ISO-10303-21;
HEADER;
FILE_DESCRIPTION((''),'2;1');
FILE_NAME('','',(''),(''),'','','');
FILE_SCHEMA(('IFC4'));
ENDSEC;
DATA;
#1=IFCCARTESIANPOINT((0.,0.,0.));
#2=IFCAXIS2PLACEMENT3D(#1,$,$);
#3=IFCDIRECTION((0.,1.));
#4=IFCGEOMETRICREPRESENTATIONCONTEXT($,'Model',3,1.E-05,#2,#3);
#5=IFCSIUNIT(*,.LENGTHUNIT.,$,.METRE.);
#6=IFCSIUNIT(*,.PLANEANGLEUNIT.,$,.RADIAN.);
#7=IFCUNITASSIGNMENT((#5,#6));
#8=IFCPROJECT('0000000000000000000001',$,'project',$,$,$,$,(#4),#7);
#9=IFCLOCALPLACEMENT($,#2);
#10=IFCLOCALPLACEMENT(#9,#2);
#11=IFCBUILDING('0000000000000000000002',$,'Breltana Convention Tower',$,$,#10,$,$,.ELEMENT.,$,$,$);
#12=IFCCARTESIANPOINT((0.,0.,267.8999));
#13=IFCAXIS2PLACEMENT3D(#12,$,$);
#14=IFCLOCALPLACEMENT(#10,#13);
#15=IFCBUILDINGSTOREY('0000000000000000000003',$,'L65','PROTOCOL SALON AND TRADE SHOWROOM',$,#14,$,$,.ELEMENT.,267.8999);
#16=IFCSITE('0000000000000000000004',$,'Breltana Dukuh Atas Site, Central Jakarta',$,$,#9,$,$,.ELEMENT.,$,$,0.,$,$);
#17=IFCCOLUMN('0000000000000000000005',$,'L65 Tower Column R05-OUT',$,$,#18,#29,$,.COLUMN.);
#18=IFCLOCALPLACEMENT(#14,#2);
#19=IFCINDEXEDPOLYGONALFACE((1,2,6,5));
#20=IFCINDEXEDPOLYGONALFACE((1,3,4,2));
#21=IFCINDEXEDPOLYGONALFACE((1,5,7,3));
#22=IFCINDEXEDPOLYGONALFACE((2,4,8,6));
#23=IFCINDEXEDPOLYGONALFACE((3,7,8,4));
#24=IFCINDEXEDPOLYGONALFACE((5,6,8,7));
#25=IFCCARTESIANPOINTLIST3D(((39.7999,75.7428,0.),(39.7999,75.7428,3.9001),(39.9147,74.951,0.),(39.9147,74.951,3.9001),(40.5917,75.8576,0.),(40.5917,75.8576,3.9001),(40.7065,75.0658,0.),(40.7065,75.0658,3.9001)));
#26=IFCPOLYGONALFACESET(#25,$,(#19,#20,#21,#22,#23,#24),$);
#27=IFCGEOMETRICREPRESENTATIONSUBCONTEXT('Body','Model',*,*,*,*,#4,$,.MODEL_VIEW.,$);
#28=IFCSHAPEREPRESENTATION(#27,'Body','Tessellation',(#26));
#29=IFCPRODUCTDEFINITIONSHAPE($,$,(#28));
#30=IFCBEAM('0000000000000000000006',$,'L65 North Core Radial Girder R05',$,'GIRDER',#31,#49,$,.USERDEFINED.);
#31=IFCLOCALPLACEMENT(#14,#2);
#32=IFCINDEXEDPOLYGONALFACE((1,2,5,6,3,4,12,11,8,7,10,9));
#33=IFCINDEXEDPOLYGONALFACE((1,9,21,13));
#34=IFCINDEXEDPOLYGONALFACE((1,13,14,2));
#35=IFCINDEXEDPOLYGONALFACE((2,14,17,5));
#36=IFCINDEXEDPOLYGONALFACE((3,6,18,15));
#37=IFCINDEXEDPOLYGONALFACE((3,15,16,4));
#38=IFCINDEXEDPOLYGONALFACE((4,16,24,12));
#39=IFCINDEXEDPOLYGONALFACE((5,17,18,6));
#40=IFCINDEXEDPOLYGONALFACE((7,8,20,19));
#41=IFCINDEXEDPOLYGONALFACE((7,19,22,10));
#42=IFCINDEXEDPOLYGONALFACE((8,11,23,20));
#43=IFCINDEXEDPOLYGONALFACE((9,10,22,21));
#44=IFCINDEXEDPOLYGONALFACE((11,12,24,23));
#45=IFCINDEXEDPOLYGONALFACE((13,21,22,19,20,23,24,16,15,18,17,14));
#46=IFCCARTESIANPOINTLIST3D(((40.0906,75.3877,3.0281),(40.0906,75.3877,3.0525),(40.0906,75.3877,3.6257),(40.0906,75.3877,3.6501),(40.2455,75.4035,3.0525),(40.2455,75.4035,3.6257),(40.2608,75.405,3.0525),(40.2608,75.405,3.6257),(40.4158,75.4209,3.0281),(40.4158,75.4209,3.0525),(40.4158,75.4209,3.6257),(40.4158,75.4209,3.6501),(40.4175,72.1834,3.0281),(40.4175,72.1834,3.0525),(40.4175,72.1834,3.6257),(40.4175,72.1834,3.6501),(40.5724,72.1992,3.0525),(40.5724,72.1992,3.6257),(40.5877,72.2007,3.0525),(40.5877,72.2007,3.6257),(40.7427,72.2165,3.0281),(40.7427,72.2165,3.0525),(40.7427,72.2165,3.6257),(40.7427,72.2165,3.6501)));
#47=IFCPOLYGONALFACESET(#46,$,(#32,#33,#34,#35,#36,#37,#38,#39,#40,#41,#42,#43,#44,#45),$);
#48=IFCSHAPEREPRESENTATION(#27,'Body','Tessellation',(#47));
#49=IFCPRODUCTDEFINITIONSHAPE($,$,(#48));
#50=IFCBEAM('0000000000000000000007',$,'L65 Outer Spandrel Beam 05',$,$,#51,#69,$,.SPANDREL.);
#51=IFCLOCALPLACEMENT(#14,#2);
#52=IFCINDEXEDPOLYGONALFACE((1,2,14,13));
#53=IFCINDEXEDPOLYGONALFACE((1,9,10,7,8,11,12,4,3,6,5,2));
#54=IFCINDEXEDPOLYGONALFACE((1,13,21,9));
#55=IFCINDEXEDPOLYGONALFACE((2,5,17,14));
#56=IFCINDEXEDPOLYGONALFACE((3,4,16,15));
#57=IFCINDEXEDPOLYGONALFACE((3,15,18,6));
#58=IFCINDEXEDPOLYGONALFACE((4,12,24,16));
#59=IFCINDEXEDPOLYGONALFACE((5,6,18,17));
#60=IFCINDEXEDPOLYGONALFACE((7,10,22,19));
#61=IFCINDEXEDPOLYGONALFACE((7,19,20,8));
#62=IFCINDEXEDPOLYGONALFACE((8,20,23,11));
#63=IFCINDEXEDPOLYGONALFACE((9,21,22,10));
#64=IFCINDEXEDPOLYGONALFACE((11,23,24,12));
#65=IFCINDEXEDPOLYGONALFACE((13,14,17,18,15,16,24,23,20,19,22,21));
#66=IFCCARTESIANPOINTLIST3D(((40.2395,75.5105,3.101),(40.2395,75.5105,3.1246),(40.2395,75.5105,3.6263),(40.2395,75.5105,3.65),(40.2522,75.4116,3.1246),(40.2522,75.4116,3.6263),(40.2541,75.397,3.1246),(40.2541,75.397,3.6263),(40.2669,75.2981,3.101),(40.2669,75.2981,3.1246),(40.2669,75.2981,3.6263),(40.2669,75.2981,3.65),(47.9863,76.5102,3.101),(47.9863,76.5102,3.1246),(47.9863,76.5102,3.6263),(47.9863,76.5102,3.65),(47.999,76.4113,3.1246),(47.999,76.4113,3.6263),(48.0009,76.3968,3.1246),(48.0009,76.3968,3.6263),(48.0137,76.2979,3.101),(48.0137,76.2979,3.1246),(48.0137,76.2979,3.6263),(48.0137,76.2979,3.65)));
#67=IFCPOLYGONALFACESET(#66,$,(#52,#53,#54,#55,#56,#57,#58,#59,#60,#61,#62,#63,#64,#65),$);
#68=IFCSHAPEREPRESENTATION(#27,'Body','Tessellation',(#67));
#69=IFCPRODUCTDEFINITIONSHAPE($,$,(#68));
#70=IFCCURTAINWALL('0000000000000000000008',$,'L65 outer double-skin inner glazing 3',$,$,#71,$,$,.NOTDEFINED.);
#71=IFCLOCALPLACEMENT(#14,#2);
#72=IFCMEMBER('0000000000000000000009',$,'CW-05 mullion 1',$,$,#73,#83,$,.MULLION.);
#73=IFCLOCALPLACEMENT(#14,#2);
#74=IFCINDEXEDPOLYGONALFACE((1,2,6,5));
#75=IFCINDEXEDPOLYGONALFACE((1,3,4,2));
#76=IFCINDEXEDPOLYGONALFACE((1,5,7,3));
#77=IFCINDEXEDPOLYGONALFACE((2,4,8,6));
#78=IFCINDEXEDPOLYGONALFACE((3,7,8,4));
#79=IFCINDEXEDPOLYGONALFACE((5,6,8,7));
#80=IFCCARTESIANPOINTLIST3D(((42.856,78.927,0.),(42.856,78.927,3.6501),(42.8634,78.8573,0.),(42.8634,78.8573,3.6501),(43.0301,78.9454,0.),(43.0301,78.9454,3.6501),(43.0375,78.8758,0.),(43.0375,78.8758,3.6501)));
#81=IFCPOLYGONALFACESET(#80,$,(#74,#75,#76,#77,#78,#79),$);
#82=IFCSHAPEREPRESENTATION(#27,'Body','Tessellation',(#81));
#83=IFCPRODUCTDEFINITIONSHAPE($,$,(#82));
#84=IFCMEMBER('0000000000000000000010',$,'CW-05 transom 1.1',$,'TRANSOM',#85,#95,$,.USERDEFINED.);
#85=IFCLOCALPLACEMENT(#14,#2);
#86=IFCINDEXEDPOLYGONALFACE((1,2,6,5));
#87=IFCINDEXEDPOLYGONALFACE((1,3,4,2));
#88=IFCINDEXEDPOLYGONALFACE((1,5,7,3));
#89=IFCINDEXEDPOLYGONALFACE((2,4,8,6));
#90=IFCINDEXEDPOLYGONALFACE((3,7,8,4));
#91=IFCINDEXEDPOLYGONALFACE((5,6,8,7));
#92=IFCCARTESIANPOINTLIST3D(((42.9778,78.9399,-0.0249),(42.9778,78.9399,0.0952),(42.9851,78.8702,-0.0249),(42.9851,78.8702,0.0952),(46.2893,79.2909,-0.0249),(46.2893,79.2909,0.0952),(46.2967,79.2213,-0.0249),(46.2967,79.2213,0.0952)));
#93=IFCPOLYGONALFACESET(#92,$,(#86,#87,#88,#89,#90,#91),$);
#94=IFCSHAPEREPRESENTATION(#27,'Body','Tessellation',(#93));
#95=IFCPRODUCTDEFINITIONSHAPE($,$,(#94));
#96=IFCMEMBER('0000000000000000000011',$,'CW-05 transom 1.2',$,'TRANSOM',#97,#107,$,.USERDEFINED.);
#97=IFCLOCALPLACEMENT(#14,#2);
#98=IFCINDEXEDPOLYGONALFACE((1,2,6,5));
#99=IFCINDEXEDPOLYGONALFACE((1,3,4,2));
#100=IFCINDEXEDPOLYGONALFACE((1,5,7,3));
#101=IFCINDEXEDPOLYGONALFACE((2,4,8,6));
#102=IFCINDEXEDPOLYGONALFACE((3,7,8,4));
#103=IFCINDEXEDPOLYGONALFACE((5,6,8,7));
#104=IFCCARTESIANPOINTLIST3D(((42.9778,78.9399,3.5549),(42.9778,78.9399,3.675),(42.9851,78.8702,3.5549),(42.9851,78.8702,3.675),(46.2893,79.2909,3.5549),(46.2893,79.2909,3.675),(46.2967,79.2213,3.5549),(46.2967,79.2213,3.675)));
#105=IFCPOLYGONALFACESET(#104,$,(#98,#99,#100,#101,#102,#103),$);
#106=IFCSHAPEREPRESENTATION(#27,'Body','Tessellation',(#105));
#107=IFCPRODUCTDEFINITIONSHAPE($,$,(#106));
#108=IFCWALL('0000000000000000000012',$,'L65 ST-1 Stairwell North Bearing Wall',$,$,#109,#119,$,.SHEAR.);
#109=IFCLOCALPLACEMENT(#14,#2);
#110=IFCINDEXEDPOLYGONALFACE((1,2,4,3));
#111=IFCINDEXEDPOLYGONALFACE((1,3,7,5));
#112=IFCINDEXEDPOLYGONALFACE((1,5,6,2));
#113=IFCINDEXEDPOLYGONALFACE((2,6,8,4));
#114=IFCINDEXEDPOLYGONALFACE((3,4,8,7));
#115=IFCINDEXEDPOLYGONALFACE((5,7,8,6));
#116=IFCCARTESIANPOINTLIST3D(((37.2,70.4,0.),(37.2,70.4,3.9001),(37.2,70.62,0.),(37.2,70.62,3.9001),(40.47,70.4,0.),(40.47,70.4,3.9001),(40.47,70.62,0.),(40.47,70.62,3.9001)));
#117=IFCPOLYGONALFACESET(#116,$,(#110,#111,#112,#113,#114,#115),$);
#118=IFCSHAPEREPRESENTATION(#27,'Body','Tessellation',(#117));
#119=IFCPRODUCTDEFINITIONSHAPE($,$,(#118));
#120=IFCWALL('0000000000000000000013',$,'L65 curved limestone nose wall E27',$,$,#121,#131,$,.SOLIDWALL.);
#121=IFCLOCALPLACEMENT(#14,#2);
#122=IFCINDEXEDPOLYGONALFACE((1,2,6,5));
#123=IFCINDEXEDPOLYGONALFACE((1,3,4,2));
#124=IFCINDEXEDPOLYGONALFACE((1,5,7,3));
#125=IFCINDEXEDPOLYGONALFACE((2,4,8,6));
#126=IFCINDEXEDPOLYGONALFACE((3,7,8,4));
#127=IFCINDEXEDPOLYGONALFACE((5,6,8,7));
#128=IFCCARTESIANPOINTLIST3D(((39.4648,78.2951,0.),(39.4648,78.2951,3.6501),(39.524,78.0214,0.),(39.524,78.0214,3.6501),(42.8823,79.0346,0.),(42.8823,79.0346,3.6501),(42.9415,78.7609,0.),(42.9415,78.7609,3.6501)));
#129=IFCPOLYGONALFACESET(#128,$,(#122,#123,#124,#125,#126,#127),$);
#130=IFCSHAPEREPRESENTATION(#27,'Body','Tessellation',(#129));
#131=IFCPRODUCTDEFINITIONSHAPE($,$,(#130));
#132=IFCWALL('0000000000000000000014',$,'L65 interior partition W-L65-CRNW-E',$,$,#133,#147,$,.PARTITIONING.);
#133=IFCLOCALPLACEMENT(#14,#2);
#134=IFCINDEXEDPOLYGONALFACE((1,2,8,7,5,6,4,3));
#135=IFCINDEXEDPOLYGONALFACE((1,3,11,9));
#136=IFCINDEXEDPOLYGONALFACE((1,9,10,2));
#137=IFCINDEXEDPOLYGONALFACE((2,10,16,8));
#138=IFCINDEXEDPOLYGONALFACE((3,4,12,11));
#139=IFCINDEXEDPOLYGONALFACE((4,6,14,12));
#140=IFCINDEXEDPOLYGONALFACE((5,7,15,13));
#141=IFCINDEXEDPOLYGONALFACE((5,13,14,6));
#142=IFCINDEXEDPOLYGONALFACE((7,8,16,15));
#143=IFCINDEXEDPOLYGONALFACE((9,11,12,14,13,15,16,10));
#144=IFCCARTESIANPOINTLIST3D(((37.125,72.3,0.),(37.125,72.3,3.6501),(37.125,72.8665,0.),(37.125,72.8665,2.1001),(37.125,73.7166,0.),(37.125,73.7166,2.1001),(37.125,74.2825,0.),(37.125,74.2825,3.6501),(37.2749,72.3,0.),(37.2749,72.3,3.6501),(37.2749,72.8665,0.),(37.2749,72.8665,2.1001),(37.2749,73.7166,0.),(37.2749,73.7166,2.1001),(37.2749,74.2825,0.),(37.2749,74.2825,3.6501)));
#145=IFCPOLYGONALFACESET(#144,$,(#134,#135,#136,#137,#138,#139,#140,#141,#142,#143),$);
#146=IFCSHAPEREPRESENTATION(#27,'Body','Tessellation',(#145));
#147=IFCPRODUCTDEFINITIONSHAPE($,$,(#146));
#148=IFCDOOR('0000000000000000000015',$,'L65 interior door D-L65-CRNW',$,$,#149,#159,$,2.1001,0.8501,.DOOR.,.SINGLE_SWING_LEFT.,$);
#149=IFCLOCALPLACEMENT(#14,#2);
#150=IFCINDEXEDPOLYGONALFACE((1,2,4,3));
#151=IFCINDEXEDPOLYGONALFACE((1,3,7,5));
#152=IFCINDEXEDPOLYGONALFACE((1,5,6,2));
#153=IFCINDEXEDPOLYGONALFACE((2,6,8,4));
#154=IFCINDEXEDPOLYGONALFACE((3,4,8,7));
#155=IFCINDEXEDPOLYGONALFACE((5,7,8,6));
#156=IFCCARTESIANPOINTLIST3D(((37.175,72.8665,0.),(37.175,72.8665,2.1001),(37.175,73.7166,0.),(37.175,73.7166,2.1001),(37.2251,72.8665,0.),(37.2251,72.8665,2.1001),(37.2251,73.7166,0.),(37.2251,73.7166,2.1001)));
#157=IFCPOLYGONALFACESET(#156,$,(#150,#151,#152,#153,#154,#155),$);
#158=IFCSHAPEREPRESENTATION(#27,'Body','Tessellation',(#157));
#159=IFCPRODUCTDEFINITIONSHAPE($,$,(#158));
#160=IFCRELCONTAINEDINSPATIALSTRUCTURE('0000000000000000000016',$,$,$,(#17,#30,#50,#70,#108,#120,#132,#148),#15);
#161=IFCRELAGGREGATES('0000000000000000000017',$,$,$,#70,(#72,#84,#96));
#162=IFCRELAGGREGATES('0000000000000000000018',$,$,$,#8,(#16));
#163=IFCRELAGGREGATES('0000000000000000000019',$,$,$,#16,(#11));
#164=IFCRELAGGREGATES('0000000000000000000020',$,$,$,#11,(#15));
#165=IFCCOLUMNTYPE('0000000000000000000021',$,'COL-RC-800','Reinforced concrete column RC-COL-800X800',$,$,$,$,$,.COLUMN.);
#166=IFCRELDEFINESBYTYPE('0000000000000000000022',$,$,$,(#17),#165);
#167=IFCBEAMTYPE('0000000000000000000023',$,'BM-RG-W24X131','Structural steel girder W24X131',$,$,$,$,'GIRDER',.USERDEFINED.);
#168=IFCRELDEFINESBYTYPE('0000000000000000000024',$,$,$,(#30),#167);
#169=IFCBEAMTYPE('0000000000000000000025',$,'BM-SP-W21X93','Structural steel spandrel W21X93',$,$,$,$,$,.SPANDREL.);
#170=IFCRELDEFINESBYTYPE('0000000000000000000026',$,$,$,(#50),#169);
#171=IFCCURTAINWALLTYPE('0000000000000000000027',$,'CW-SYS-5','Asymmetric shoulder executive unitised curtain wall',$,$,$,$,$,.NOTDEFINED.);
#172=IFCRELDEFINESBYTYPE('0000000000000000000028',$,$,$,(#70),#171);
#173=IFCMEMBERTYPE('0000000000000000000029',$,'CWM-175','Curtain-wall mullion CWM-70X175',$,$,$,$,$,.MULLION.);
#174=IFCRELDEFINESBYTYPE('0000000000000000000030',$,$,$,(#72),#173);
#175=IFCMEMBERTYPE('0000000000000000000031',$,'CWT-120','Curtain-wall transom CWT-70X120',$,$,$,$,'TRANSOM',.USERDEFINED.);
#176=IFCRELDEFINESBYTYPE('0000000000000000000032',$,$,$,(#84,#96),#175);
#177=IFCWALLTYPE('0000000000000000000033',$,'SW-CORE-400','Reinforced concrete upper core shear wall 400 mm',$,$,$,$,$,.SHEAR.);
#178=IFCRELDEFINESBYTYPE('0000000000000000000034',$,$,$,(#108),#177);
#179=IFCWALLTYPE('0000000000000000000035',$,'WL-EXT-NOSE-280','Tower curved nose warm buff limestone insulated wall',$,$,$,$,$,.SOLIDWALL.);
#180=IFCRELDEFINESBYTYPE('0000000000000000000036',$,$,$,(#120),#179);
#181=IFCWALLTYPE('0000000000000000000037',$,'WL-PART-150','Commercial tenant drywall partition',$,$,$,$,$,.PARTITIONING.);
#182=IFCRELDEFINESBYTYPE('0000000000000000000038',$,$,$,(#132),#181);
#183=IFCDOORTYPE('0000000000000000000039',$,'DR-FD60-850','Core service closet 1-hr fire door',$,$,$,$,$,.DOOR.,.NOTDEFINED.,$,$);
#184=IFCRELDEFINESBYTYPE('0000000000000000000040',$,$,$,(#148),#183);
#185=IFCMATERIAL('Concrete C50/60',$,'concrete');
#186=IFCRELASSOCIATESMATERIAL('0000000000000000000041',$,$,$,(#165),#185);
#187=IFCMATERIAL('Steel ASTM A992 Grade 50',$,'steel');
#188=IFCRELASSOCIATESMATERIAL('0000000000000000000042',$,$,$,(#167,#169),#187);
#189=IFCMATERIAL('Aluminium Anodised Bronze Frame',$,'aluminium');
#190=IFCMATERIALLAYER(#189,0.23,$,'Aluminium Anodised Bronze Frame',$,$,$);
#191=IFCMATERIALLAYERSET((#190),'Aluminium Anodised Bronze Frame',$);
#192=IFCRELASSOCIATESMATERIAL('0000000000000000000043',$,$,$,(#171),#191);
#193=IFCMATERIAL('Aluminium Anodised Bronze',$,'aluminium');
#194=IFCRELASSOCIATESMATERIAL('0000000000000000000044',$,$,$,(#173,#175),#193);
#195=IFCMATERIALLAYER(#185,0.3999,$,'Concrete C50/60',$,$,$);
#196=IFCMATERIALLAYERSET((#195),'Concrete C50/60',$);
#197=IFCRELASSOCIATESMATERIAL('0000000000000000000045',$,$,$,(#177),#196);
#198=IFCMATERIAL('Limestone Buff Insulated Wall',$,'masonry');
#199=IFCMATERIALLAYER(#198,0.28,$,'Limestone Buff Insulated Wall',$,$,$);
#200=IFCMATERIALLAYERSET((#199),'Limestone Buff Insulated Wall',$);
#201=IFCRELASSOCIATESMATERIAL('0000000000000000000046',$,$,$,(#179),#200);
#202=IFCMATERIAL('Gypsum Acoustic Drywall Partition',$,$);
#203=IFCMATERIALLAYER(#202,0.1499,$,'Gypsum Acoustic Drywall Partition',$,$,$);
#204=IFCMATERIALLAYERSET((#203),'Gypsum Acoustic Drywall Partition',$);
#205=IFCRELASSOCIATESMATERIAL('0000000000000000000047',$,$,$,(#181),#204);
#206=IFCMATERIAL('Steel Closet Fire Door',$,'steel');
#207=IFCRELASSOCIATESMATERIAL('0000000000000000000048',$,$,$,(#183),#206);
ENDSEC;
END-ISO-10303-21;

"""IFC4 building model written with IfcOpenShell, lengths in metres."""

from ifc_helpers import new_model, si_unit, direction, frame, frame_2d, origin, origin_2d, place, context, subcontext, project, spatial, rectangle, i_section, extrude, source, transform, mapped, material, layer, layer_set, material_profile, profile_set, type_object, type_shapes, element, fill, aggregate, save


model = new_model("IFC4")

# Units and contexts
model_context = context("Model", 3, precision=1e-05, world=origin(), true_north=direction((0.0, 1.0)))
body_context = subcontext(model_context, "Body", "Model", "MODEL_VIEW")
ifc_project = project(units=[si_unit("LENGTHUNIT", "METRE"), si_unit("PLANEANGLEUNIT", "RADIAN")], contexts=[model_context])

# Site, building, storey
site_placement = place(None, origin())
site = spatial("IfcSite", under=ifc_project, at=site_placement, Name="Breltana Dukuh Atas Site, Central Jakarta", CompositionType="ELEMENT", RefElevation=0.0)
building_placement = place(site_placement, origin())
building = spatial("IfcBuilding", under=site, at=building_placement, Name="Breltana Convention Tower", CompositionType="ELEMENT")
storey_placement = place(building_placement, frame((0.0, 0.0, 267.8999)))
storey = spatial("IfcBuildingStorey", under=building, at=storey_placement, Name="L65", Description="PROTOCOL SALON AND TRADE SHOWROOM", CompositionType="ELEMENT", Elevation=267.8999)

# Column
ifc_material_1 = material(Name="Concrete C50/60", Category="concrete")
ifc_material_profile_1 = material_profile(ifc_material_1, rectangle(XDim=0.8, YDim=0.8, at=origin_2d()), Name="RC-COL-800X800")
ifc_profile_set_1 = profile_set([ifc_material_profile_1], Name="Concrete C50/60")
column_type = type_object("IfcColumnType", Name="COL-RC-800", Description="Reinforced concrete column RC-COL-800X800", PredefinedType="COLUMN", material=ifc_profile_set_1)
shared_shape_1 = source(origin(), body_context, "Body", "SweptSolid", [
    extrude(rectangle(XDim=0.8, YDim=0.8, at=origin_2d()), origin(), (0.0, 0.0, 1.0), 3.9001),
])
column_placement = place(storey_placement, frame((40.2532, 75.4043, 0.0), z_axis=(0.0, 0.0, 1.0), x_axis=(-0.143493, 0.989651, 0.0)))
element("IfcColumn", 1, at=column_placement, inside=storey, type_object=column_type, Name="L65 Tower Column R05-OUT", PredefinedType="COLUMN", context=body_context, shape_type="MappedRepresentation", body=[
    mapped(shared_shape_1, transform((0.0, 0.0, 0.0), scale=1.0)),
])

# Beams
ifc_material_2 = material(Name="Steel ASTM A992 Grade 50", Category="steel")
ifc_material_profile_2 = material_profile(ifc_material_2, i_section(OverallWidth=0.3269, OverallDepth=0.6221, WebThickness=0.0154, FlangeThickness=0.0244, at=origin_2d()), Name="W24X131")
ifc_profile_set_2 = profile_set([ifc_material_profile_2], Name="Steel ASTM A992 Grade 50")
beam_type_1 = type_object("IfcBeamType", Name="BM-RG-W24X131", Description="Structural steel girder W24X131", ElementType="GIRDER", PredefinedType="USERDEFINED", material=ifc_profile_set_2)
shared_shape_2 = source(origin(), body_context, "Body", "SweptSolid", [
    extrude(i_section(OverallWidth=0.3269, OverallDepth=0.6221, WebThickness=0.0154, FlangeThickness=0.0244, at=origin_2d()), origin(), (0.0, 0.0, 1.0), 3.2209),
])
beam_1_placement = place(storey_placement, frame((40.5801, 72.2, 3.3391), z_axis=(-0.101492, 0.994836, 0.0), x_axis=(-0.994836, -0.101492, 0.0)))
element("IfcBeam", 2, at=beam_1_placement, inside=storey, type_object=beam_type_1, Name="L65 North Core Radial Girder R05", ObjectType="GIRDER", PredefinedType="USERDEFINED", context=body_context, shape_type="MappedRepresentation", body=[
    mapped(shared_shape_2, transform((0.0, 0.0, 0.0), scale=1.0)),
])
ifc_material_profile_3 = material_profile(ifc_material_2, i_section(OverallWidth=0.2141, OverallDepth=0.5491, WebThickness=0.0146, FlangeThickness=0.0237, at=origin_2d()), Name="W21X93")
ifc_profile_set_3 = profile_set([ifc_material_profile_3], Name="Steel ASTM A992 Grade 50")
beam_type_2 = type_object("IfcBeamType", Name="BM-SP-W21X93", Description="Structural steel spandrel W21X93", PredefinedType="SPANDREL", material=ifc_profile_set_3)
shared_shape_3 = source(origin(), body_context, "Body", "SweptSolid", [
    extrude(i_section(OverallWidth=0.2141, OverallDepth=0.5491, WebThickness=0.0146, FlangeThickness=0.0237, at=origin_2d()), origin(), (0.0, 0.0, 1.0), 7.811),
])
beam_2_placement = place(storey_placement, frame((40.2532, 75.4043, 3.3755), z_axis=(0.991775, 0.127992, 0.0), x_axis=(-0.127992, 0.991775, 0.0)))
element("IfcBeam", 3, at=beam_2_placement, inside=storey, type_object=beam_type_2, Name="L65 Outer Spandrel Beam 05", PredefinedType="SPANDREL", context=body_context, shape_type="MappedRepresentation", body=[
    mapped(shared_shape_3, transform((0.0, 0.0, 0.0), scale=1.0)),
])

# Curtain wall, members
ifc_material_3 = material(Name="Aluminium Anodised Bronze Frame", Category="aluminium")
ifc_layer_1 = layer(ifc_material_3, 0.23, Name="Aluminium Anodised Bronze Frame")
ifc_layer_set_1 = layer_set([ifc_layer_1], Name="Aluminium Anodised Bronze Frame")
curtain_wall_type = type_object("IfcCurtainWallType", Name="CW-SYS-5", Description="Asymmetric shoulder executive unitised curtain wall", PredefinedType="NOTDEFINED", material=ifc_layer_set_1)
curtain_wall_placement = place(storey_placement, origin())
curtain_wall = element("IfcCurtainWall", 4, at=curtain_wall_placement, inside=storey, type_object=curtain_wall_type, Name="L65 outer double-skin inner glazing 3", PredefinedType="NOTDEFINED")
ifc_material_4 = material(Name="Aluminium Anodised Bronze", Category="aluminium")
ifc_material_profile_4 = material_profile(ifc_material_4, rectangle(XDim=0.0701, YDim=0.175, at=origin_2d()), Name="CWM-70X175")
ifc_profile_set_4 = profile_set([ifc_material_profile_4], Name="Aluminium Anodised Bronze")
member_type_1 = type_object("IfcMemberType", Name="CWM-175", Description="Curtain-wall mullion CWM-70X175", PredefinedType="MULLION", material=ifc_profile_set_4)
shared_shape_4 = source(origin(), body_context, "Body", "SweptSolid", [
    extrude(rectangle(XDim=0.0701, YDim=0.175, at=origin_2d()), origin(), (0.0, 0.0, 1.0), 3.6501),
])
member_1_placement = place(storey_placement, frame((42.9468, 78.9014, 0.0), z_axis=(0.0, 0.0, 1.0), x_axis=(-0.105448, 0.994425, 0.0)))
member_1 = element("IfcMember", 5, at=member_1_placement, type_object=member_type_1, Name="CW-05 mullion 1", PredefinedType="MULLION", context=body_context, shape_type="MappedRepresentation", body=[
    mapped(shared_shape_4, transform((0.0, 0.0, 0.0), scale=1.0)),
])
ifc_material_profile_5 = material_profile(ifc_material_4, rectangle(XDim=0.0701, YDim=0.1201, at=origin_2d()), Name="CWT-70X120")
ifc_profile_set_5 = profile_set([ifc_material_profile_5], Name="Aluminium Anodised Bronze")
member_type_2 = type_object("IfcMemberType", Name="CWT-120", Description="Curtain-wall transom CWT-70X120", ElementType="TRANSOM", PredefinedType="USERDEFINED", material=ifc_profile_set_5)
shared_shape_5 = source(origin(), body_context, "Body", "SweptSolid", [
    extrude(rectangle(XDim=0.0701, YDim=0.1201, at=origin_2d()), origin(), (0.0, 0.0, 1.0), 3.3301),
])
member_2_placement = place(storey_placement, frame((42.9814, 78.905, 0.0352), z_axis=(0.994427, 0.105425, 0.0), x_axis=(-0.105425, 0.994427, 0.0)))
member_2 = element("IfcMember", 6, at=member_2_placement, type_object=member_type_2, Name="CW-05 transom 1.1", ObjectType="TRANSOM", PredefinedType="USERDEFINED", context=body_context, shape_type="MappedRepresentation", body=[
    mapped(shared_shape_5, transform((0.0, 0.0, 0.0), scale=1.0)),
])
member_3_placement = place(storey_placement, frame((42.9814, 78.905, 3.615), z_axis=(0.994427, 0.105425, 0.0), x_axis=(-0.105425, 0.994427, 0.0)))
member_3 = element("IfcMember", 7, at=member_3_placement, type_object=member_type_2, Name="CW-05 transom 1.2", ObjectType="TRANSOM", PredefinedType="USERDEFINED", context=body_context, shape_type="MappedRepresentation", body=[
    mapped(shared_shape_5, transform((0.0, 0.0, 0.0), scale=1.0)),
])
aggregate(curtain_wall, [member_1, member_2, member_3])

# Wall
ifc_layer_2 = layer(ifc_material_1, 0.3999, Name="Concrete C50/60")
ifc_layer_set_2 = layer_set([ifc_layer_2], Name="Concrete C50/60")
wall_type_1 = type_object("IfcWallType", Name="SW-CORE-400", Description="Reinforced concrete upper core shear wall 400 mm", PredefinedType="SHEAR", material=ifc_layer_set_2)
shared_shape_6 = source(origin(), body_context, "Body", "SweptSolid", [
    extrude(rectangle(XDim=3.27, YDim=0.22, at=frame_2d((1.635, 0.0))), origin(), (0.0, 0.0, 1.0), 3.9001),
])
wall_1_placement = place(storey_placement, frame((37.2, 70.51, 0.0), z_axis=(0.0, 0.0, 1.0), x_axis=(1.0, 0.0, 0.0)))
element("IfcWall", 8, at=wall_1_placement, inside=storey, type_object=wall_type_1, Name="L65 ST-1 Stairwell North Bearing Wall", PredefinedType="SHEAR", context=body_context, shape_type="MappedRepresentation", body=[
    mapped(shared_shape_6, transform((0.0, 0.0, 0.0), scale=1.0)),
])

# Wall
ifc_material_5 = material(Name="Limestone Buff Insulated Wall", Category="masonry")
ifc_layer_3 = layer(ifc_material_5, 0.28, Name="Limestone Buff Insulated Wall")
ifc_layer_set_3 = layer_set([ifc_layer_3], Name="Limestone Buff Insulated Wall")
wall_type_2 = type_object("IfcWallType", Name="WL-EXT-NOSE-280", Description="Tower curved nose warm buff limestone insulated wall", PredefinedType="SOLIDWALL", material=ifc_layer_set_3)
shared_shape_7 = source(origin(), body_context, "Body", "SweptSolid", [
    extrude(rectangle(XDim=3.4966, YDim=0.28, at=frame_2d((1.7483, 0.0))), origin(), (0.0, 0.0, 1.0), 3.6501),
])
wall_2_placement = place(storey_placement, frame((39.4944, 78.1582, 0.0), z_axis=(0.0, 0.0, 1.0), x_axis=(0.977379, 0.211493, 0.0)))
element("IfcWall", 9, at=wall_2_placement, inside=storey, type_object=wall_type_2, Name="L65 curved limestone nose wall E27", PredefinedType="SOLIDWALL", context=body_context, shape_type="MappedRepresentation", body=[
    mapped(shared_shape_7, transform((0.0, 0.0, 0.0), scale=1.0)),
])

# Wall, opening, door
ifc_material_6 = material(Name="Gypsum Acoustic Drywall Partition")
ifc_layer_4 = layer(ifc_material_6, 0.1499, Name="Gypsum Acoustic Drywall Partition")
ifc_layer_set_4 = layer_set([ifc_layer_4], Name="Gypsum Acoustic Drywall Partition")
wall_type_3 = type_object("IfcWallType", Name="WL-PART-150", Description="Commercial tenant drywall partition", PredefinedType="PARTITIONING", material=ifc_layer_set_4)
shared_shape_8 = source(origin(), body_context, "Body", "SweptSolid", [
    extrude(rectangle(XDim=1.9824, YDim=0.1499, at=frame_2d((0.9912, 0.0))), origin(), (0.0, 0.0, 1.0), 3.6501),
])
wall_3_placement = place(storey_placement, frame((37.2, 72.3, 0.0), z_axis=(0.0, 0.0, 1.0), x_axis=(0.0, 1.0, 0.0)))
wall_3 = element("IfcWall", 10, at=wall_3_placement, inside=storey, type_object=wall_type_3, Name="L65 interior partition W-L65-CRNW-E", PredefinedType="PARTITIONING", context=body_context, shape_type="MappedRepresentation", body=[
    mapped(shared_shape_8, transform((0.0, 0.0, 0.0), scale=1.0)),
])
opening_1_placement = place(wall_3_placement, frame((0.5664, 0.0, 0.0)))
opening_1 = element("IfcOpeningElement", 11, at=opening_1_placement, cuts=wall_3, PredefinedType="OPENING", context=body_context, shape_type="SweptSolid", body=[
    extrude(rectangle(XDim=0.8501, YDim=2.1001, at=frame_2d((0.425, 1.05))), frame((0.0, 0.085, 0.0), z_axis=(0.0, -1.0, 0.0), x_axis=(1.0, 0.0, 0.0)), (0.0, 0.0, 1.0), 0.1699),
])
ifc_material_7 = material(Name="Steel Closet Fire Door", Category="steel")
door_type_1 = type_object("IfcDoorType", Name="DR-FD60-850", Description="Core service closet 1-hr fire door", OperationType="NOTDEFINED", PredefinedType="DOOR", material=ifc_material_7)
shared_shape_9 = source(origin(), body_context, "Body", "SweptSolid", [
    extrude(rectangle(XDim=0.8501, YDim=2.1001, at=frame_2d((0.425, 1.05))), frame((0.0, 0.0249, 0.0), z_axis=(0.0, -1.0, 0.0), x_axis=(1.0, 0.0, 0.0)), (0.0, 0.0, 1.0), 0.05),
])
type_shapes(door_type_1, [shared_shape_9])
door_1_placement = place(opening_1_placement, origin())
door_1 = element("IfcDoor", 12, at=door_1_placement, inside=storey, type_object=door_type_1, Name="L65 interior door D-L65-CRNW", OperationType="SINGLE_SWING_LEFT", OverallHeight=2.1001, OverallWidth=0.8501, PredefinedType="DOOR", context=body_context, shape_type="MappedRepresentation", body=[
    mapped(shared_shape_9, transform((0.0, 0.0, 0.0), scale=1.0)),
])
fill(opening_1, door_1)

save(model, "model.ifc")
